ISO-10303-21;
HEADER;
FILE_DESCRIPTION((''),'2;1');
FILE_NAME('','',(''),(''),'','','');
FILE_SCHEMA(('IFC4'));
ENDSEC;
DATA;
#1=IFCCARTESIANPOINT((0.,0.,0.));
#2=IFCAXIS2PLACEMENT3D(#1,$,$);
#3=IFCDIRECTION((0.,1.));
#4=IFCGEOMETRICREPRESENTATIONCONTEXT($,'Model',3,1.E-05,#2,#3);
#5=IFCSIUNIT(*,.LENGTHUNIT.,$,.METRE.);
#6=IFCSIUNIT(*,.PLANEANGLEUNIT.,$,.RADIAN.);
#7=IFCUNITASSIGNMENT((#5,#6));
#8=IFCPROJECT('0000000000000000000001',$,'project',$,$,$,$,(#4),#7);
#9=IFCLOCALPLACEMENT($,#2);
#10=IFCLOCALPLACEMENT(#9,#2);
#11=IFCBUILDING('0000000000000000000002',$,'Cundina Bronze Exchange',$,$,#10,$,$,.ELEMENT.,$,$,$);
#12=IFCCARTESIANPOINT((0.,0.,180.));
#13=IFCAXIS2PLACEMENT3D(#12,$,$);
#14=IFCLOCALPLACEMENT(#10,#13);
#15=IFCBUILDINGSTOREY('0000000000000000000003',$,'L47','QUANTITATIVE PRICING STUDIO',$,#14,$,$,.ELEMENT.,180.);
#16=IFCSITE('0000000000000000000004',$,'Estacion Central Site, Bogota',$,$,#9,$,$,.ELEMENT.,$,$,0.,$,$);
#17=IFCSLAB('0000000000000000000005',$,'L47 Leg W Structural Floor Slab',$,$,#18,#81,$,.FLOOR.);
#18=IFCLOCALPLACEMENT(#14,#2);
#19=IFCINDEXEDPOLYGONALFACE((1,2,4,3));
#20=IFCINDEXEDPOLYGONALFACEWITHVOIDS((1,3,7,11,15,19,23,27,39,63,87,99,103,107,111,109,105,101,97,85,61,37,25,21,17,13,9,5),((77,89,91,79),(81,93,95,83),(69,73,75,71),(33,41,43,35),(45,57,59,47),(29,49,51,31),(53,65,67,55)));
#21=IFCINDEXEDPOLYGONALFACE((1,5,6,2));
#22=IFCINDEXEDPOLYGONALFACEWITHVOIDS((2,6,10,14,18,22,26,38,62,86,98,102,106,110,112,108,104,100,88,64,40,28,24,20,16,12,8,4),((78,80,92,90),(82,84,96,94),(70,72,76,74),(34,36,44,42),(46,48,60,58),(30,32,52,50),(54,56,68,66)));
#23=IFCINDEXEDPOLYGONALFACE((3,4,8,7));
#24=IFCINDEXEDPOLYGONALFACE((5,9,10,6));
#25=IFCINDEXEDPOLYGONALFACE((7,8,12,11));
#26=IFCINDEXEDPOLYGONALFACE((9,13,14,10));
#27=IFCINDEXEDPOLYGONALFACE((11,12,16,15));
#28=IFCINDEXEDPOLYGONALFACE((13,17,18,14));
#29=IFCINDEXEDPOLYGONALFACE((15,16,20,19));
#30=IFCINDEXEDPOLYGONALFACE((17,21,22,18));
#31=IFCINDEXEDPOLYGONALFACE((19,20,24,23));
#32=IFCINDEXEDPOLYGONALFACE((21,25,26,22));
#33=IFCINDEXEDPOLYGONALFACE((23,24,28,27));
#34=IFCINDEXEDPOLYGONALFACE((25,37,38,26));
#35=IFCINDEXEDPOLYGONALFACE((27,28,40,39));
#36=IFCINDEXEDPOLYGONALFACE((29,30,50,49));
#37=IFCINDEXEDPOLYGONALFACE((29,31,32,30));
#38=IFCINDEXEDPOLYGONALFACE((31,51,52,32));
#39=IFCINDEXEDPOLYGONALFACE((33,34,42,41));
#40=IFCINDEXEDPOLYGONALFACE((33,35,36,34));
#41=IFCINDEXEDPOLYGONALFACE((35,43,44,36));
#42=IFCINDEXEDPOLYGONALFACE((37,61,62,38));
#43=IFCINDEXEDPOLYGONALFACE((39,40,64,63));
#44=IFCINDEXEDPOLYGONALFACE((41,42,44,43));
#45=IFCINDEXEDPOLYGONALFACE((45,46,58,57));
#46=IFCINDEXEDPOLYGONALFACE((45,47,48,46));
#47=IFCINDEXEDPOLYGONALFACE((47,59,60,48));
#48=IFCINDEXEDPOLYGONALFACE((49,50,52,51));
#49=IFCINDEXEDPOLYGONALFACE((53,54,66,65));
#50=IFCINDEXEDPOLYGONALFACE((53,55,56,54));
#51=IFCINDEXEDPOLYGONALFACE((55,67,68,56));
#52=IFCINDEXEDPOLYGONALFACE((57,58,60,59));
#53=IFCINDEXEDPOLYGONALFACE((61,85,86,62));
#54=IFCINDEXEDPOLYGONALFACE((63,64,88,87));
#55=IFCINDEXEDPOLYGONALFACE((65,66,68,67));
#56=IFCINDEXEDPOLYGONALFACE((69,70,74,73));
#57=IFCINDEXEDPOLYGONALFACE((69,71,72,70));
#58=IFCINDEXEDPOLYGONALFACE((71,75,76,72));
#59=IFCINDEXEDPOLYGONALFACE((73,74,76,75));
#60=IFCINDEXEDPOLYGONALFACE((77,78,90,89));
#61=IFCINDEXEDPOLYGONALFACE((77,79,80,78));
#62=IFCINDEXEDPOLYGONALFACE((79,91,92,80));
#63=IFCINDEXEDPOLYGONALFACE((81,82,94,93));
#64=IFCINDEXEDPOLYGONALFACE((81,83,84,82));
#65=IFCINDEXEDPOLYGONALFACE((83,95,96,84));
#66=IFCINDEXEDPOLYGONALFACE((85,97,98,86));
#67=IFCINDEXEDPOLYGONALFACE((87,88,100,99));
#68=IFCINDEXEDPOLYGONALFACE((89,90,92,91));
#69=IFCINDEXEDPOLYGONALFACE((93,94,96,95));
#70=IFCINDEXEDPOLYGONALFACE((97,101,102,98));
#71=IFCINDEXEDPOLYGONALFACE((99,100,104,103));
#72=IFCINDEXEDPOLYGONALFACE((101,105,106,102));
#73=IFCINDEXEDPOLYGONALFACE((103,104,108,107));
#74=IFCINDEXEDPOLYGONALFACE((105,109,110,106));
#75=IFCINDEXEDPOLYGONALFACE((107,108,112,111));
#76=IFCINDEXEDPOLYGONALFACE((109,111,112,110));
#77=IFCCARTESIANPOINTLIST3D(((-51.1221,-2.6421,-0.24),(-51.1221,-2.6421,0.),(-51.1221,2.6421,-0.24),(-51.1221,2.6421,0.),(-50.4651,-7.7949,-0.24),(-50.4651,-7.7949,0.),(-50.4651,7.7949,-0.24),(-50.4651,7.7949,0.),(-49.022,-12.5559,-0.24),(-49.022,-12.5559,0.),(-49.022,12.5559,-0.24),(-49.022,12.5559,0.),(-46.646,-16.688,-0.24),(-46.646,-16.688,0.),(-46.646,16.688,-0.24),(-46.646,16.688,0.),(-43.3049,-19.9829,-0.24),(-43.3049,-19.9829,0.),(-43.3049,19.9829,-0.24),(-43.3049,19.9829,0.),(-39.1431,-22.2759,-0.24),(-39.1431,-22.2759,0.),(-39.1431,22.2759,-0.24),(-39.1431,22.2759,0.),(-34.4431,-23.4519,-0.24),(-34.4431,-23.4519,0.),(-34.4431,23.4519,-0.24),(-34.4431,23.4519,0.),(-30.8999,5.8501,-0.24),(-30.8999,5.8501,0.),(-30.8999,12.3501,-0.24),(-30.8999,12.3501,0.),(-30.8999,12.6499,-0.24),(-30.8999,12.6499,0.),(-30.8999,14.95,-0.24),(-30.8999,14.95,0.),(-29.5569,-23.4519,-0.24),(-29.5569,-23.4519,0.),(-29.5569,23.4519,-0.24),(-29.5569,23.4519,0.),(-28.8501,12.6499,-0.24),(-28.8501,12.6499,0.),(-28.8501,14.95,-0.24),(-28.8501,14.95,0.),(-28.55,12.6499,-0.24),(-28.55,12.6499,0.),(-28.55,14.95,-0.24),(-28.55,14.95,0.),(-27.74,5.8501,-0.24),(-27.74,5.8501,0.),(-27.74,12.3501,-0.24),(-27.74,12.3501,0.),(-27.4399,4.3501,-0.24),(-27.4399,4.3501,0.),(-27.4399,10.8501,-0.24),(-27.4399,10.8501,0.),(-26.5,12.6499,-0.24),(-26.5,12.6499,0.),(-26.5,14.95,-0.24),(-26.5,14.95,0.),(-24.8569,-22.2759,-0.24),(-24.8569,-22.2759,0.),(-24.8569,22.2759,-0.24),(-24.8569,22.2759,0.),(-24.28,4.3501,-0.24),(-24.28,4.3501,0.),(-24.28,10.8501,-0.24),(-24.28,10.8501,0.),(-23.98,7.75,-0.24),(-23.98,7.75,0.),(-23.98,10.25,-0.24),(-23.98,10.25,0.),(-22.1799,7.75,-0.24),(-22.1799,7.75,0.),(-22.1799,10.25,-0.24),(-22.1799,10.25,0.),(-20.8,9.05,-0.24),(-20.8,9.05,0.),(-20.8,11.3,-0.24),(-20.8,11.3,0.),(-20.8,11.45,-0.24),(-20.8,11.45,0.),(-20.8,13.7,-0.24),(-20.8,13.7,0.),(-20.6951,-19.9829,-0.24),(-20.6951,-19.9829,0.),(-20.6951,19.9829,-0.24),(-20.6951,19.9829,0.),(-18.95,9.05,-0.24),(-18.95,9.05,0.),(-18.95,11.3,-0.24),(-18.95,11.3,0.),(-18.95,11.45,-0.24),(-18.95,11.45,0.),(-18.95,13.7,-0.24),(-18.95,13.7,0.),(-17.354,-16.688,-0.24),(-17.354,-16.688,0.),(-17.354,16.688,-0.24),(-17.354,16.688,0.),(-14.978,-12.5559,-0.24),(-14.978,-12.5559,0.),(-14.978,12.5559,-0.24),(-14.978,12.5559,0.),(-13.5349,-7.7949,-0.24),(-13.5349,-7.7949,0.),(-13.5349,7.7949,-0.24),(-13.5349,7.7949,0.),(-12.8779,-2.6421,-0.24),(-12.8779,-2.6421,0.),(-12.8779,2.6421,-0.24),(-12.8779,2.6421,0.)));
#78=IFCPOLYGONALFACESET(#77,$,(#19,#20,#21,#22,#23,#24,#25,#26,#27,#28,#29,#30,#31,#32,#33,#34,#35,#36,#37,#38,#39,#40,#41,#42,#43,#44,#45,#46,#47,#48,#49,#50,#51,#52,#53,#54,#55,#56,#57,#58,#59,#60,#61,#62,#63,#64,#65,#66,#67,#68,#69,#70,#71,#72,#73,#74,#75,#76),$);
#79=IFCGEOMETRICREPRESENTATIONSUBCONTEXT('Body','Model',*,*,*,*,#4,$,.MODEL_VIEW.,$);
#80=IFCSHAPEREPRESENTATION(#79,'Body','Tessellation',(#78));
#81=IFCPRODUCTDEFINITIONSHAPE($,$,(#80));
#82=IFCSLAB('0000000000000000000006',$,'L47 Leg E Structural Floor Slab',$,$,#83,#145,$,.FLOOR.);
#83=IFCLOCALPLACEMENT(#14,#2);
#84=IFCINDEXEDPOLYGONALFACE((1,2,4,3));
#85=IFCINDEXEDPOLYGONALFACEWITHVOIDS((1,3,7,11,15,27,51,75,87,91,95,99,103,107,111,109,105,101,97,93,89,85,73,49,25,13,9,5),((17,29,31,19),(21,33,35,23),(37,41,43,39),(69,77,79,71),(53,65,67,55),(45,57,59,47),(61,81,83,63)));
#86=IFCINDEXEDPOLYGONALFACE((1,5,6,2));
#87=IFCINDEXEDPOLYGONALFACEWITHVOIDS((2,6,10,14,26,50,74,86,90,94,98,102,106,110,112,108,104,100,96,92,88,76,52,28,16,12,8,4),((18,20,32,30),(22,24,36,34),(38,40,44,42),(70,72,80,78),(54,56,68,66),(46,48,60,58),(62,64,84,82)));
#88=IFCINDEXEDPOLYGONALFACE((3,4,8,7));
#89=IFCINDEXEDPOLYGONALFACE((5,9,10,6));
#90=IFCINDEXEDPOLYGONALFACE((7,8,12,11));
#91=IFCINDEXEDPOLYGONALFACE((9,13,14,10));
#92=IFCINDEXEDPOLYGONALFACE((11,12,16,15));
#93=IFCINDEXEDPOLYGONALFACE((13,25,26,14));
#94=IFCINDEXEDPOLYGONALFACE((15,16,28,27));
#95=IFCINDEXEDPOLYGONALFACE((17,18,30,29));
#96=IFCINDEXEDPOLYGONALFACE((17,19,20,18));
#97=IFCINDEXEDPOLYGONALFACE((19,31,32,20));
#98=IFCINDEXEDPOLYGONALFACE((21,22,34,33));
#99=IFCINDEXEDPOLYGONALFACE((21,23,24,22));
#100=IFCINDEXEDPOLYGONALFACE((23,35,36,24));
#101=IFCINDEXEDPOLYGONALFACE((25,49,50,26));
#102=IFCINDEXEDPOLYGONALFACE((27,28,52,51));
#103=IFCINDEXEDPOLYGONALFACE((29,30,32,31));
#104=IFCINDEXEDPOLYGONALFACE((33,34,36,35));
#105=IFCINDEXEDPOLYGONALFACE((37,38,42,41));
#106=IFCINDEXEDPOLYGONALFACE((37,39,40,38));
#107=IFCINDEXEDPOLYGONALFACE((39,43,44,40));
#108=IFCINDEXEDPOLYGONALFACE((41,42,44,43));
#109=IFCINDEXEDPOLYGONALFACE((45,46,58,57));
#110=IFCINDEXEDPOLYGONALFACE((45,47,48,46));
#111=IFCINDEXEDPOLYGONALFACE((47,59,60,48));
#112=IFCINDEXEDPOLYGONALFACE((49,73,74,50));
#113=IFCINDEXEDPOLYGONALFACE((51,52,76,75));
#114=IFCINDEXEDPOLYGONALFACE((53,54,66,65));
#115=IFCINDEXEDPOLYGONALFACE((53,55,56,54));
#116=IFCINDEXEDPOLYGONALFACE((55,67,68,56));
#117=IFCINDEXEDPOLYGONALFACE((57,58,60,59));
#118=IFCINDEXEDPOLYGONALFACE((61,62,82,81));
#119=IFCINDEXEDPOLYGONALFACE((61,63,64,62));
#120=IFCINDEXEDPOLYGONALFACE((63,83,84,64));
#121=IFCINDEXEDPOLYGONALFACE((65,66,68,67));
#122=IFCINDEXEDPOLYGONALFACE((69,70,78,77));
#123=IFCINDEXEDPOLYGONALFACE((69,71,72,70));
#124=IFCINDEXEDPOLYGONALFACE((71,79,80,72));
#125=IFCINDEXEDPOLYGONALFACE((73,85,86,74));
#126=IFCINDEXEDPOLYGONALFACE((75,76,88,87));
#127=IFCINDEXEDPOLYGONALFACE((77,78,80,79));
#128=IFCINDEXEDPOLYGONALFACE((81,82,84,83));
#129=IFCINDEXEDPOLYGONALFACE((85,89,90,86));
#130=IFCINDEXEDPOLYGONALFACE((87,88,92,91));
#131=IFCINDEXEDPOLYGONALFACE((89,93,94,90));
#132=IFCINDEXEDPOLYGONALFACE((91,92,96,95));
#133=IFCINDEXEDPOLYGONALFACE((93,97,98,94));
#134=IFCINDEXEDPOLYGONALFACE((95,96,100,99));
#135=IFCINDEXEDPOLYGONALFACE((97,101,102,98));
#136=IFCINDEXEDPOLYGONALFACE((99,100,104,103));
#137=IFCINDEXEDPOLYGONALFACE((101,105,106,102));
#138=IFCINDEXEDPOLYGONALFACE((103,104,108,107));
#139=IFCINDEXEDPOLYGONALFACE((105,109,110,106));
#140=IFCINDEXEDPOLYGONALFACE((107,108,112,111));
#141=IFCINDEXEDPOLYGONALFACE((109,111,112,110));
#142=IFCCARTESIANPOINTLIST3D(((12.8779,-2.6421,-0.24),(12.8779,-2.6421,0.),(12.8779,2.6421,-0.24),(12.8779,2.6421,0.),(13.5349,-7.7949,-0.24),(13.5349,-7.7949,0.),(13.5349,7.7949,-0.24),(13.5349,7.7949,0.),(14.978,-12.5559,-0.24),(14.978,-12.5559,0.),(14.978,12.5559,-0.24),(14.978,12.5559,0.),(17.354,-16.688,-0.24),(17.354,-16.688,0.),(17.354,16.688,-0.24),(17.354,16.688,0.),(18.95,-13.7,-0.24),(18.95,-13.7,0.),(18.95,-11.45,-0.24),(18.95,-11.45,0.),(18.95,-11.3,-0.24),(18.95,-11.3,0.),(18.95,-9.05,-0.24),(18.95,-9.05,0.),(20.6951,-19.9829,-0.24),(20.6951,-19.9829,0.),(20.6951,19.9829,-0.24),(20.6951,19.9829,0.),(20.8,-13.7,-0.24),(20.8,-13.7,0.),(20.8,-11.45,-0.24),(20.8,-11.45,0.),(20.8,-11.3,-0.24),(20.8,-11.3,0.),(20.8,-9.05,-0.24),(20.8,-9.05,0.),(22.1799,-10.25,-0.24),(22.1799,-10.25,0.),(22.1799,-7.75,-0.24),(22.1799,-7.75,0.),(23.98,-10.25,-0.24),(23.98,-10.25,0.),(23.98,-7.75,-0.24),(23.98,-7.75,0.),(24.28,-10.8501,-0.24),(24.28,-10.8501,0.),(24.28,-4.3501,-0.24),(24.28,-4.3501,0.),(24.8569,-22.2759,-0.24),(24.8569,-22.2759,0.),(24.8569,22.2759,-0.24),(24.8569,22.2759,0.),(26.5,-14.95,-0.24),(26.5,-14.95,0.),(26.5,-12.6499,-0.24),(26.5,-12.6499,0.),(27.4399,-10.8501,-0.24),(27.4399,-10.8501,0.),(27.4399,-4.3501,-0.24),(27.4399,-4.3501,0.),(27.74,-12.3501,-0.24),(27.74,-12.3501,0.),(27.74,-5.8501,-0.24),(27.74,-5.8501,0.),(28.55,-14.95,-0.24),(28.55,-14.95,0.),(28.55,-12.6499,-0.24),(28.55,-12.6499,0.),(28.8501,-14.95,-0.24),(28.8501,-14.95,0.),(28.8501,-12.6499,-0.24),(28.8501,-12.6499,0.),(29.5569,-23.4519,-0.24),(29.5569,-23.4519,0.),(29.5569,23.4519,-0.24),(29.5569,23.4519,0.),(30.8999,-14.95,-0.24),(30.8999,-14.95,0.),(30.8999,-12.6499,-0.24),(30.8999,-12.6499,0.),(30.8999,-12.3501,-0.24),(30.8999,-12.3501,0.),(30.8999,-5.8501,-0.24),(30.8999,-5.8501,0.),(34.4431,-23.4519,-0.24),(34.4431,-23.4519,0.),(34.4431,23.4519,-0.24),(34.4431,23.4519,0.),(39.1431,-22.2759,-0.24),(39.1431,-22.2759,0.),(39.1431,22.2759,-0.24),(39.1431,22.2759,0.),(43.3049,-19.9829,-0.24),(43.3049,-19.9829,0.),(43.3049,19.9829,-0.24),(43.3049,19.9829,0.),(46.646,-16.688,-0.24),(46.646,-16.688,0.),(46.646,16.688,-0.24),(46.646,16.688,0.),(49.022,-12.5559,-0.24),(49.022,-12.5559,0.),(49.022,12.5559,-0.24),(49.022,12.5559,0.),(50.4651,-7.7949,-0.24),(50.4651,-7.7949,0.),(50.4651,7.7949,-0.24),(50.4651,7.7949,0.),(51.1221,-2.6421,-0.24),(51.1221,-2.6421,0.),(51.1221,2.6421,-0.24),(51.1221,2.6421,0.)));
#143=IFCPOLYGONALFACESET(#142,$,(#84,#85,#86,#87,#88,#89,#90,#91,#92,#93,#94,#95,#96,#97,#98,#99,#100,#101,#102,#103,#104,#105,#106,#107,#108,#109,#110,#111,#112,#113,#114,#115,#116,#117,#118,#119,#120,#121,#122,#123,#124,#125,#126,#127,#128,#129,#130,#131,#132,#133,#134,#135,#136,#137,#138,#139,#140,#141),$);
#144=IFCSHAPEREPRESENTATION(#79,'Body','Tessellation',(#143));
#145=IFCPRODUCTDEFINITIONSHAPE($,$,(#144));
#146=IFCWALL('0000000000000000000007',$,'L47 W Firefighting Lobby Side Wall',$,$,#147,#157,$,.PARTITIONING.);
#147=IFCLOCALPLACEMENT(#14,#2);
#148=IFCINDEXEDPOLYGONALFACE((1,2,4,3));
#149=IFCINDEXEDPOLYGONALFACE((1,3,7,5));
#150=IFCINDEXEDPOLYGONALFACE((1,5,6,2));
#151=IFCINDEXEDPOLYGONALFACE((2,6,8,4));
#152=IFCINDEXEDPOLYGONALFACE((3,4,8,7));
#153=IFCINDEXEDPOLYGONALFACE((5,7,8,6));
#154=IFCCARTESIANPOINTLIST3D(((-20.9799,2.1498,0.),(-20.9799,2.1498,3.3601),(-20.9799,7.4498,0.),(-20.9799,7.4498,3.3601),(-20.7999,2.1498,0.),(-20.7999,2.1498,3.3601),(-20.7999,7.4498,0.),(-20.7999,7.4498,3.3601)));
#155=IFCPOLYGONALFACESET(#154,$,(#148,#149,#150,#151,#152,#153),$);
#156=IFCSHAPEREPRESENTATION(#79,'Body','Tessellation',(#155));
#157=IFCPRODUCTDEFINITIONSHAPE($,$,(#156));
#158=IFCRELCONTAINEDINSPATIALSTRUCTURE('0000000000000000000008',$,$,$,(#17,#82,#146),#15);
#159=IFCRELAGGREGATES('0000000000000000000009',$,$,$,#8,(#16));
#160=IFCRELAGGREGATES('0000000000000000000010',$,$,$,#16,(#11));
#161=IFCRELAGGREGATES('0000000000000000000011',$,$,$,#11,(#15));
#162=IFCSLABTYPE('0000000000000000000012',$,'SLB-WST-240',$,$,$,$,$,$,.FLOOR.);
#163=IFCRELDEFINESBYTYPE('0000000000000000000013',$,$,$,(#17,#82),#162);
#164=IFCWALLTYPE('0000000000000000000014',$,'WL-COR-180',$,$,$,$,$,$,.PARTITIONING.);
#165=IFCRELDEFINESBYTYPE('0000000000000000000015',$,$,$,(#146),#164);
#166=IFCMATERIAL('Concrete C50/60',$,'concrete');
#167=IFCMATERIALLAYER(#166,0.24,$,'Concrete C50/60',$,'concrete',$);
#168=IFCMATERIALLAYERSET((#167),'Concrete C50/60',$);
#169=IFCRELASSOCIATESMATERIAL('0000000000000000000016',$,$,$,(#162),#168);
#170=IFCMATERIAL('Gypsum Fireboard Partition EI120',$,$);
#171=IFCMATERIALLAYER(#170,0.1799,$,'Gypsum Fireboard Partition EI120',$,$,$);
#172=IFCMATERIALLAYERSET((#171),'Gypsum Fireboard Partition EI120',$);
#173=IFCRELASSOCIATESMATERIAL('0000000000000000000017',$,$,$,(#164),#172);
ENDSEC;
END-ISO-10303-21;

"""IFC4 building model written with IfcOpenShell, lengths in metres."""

from ifc_helpers import new_model, si_unit, direction, frame, frame_2d, origin, place, context, subcontext, project, spatial, polyline, rectangle, outline, extrude, material, layer, layer_set, type_object, element, save


model = new_model("IFC4")

# Units and contexts
model_context = context("Model", 3, precision=1e-05, world=origin(), true_north=direction((0.0, 1.0)))
body_context = subcontext(model_context, "Body", "Model", "MODEL_VIEW")
ifc_project = project(units=[si_unit("LENGTHUNIT", "METRE"), si_unit("PLANEANGLEUNIT", "RADIAN")], contexts=[model_context])

# Site, building, storey
site_placement = place(None, origin())
site = spatial("IfcSite", under=ifc_project, at=site_placement, Name="Estacion Central Site, Bogota", CompositionType="ELEMENT", RefElevation=0.0)
building_placement = place(site_placement, origin())
building = spatial("IfcBuilding", under=site, at=building_placement, Name="Cundina Bronze Exchange", CompositionType="ELEMENT")
storey_placement = place(building_placement, frame((0.0, 0.0, 180.0)))
storey = spatial("IfcBuildingStorey", under=building, at=storey_placement, Name="L47", Description="QUANTITATIVE PRICING STUDIO", CompositionType="ELEMENT", Elevation=180.0)

# Shared definitions
ifc_material_1 = material(Name="Concrete C50/60", Category="concrete")

# Slabs
ifc_layer_1 = layer(ifc_material_1, 0.24, Name="Concrete C50/60", Category="concrete")
ifc_layer_set_1 = layer_set([ifc_layer_1], Name="Concrete C50/60")
slab_type_1 = type_object("IfcSlabType", Name="SLB-WST-240", PredefinedType="FLOOR", material=ifc_layer_set_1)
slab_1_placement = place(storey_placement, frame((0.0, 0.0, -0.24)))
element("IfcSlab", 1, at=slab_1_placement, inside=storey, type_object=slab_type_1, Name="L47 Leg W Structural Floor Slab", PredefinedType="FLOOR", context=body_context, shape_type="SweptSolid", body=[
    extrude(outline(polyline([(-12.8779, 2.6421), (-13.5349, 7.7949), (-14.978, 12.5559), (-17.354, 16.688), (-20.6951, 19.9829), (-24.8569, 22.2759), (-29.5569, 23.4519), (-34.4431, 23.4519), (-39.1431, 22.2759), (-43.3049, 19.9829), (-46.646, 16.688), (-49.022, 12.5559), (-50.4651, 7.7949), (-51.1221, 2.6421), (-51.1221, -2.6421), (-50.4651, -7.7949), (-49.022, -12.5559), (-46.646, -16.688), (-43.3049, -19.9829), (-39.1431, -22.2759), (-34.4431, -23.4519), (-29.5569, -23.4519), (-24.8569, -22.2759), (-20.6951, -19.9829), (-17.354, -16.688), (-14.978, -12.5559), (-13.5349, -7.7949), (-12.8779, -2.6421), (-12.8779, 2.6421)]), holes=[polyline([(-27.74, 5.8501), (-27.74, 12.3501), (-30.8999, 12.3501), (-30.8999, 5.8501), (-27.74, 5.8501)]), polyline([(-27.4399, 10.8501), (-27.4399, 4.3501), (-24.28, 4.3501), (-24.28, 10.8501), (-27.4399, 10.8501)]), polyline([(-23.98, 10.25), (-22.1799, 10.25), (-22.1799, 7.75), (-23.98, 7.75), (-23.98, 10.25)]), polyline([(-30.8999, 14.95), (-28.8501, 14.95), (-28.8501, 12.6499), (-30.8999, 12.6499), (-30.8999, 14.95)]), polyline([(-28.55, 14.95), (-26.5, 14.95), (-26.5, 12.6499), (-28.55, 12.6499), (-28.55, 14.95)]), polyline([(-20.8, 13.7), (-18.95, 13.7), (-18.95, 11.45), (-20.8, 11.45), (-20.8, 13.7)]), polyline([(-20.8, 11.3), (-18.95, 11.3), (-18.95, 9.05), (-20.8, 9.05), (-20.8, 11.3)])]), origin(), (0.0, 0.0, 1.0), 0.24),
])
slab_2_placement = place(storey_placement, frame((0.0, 0.0, -0.24)))
element("IfcSlab", 2, at=slab_2_placement, inside=storey, type_object=slab_type_1, Name="L47 Leg E Structural Floor Slab", PredefinedType="FLOOR", context=body_context, shape_type="SweptSolid", body=[
    extrude(outline(polyline([(51.1221, 2.6421), (50.4651, 7.7949), (49.022, 12.5559), (46.646, 16.688), (43.3049, 19.9829), (39.1431, 22.2759), (34.4431, 23.4519), (29.5569, 23.4519), (24.8569, 22.2759), (20.6951, 19.9829), (17.354, 16.688), (14.978, 12.5559), (13.5349, 7.7949), (12.8779, 2.6421), (12.8779, -2.6421), (13.5349, -7.7949), (14.978, -12.5559), (17.354, -16.688), (20.6951, -19.9829), (24.8569, -22.2759), (29.5569, -23.4519), (34.4431, -23.4519), (39.1431, -22.2759), (43.3049, -19.9829), (46.646, -16.688), (49.022, -12.5559), (50.4651, -7.7949), (51.1221, -2.6421), (51.1221, 2.6421)]), holes=[polyline([(27.74, -5.8501), (27.74, -12.3501), (30.8999, -12.3501), (30.8999, -5.8501), (27.74, -5.8501)]), polyline([(27.4399, -10.8501), (27.4399, -4.3501), (24.28, -4.3501), (24.28, -10.8501), (27.4399, -10.8501)]), polyline([(22.1799, -7.75), (23.98, -7.75), (23.98, -10.25), (22.1799, -10.25), (22.1799, -7.75)]), polyline([(28.8501, -12.6499), (30.8999, -12.6499), (30.8999, -14.95), (28.8501, -14.95), (28.8501, -12.6499)]), polyline([(26.5, -12.6499), (28.55, -12.6499), (28.55, -14.95), (26.5, -14.95), (26.5, -12.6499)]), polyline([(18.95, -11.45), (20.8, -11.45), (20.8, -13.7), (18.95, -13.7), (18.95, -11.45)]), polyline([(18.95, -9.05), (20.8, -9.05), (20.8, -11.3), (18.95, -11.3), (18.95, -9.05)])]), origin(), (0.0, 0.0, 1.0), 0.24),
])

# Wall
ifc_material_2 = material(Name="Gypsum Fireboard Partition EI120")
ifc_layer_2 = layer(ifc_material_2, 0.1799, Name="Gypsum Fireboard Partition EI120")
ifc_layer_set_2 = layer_set([ifc_layer_2], Name="Gypsum Fireboard Partition EI120")
wall_type_1 = type_object("IfcWallType", Name="WL-COR-180", PredefinedType="PARTITIONING", material=ifc_layer_set_2)
wall_1_placement = place(storey_placement, frame((-20.8899, 2.1499, 0.0), z_axis=(0.0, 0.0, 1.0), x_axis=(0.0, 1.0, 0.0)))
element("IfcWall", 3, at=wall_1_placement, inside=storey, type_object=wall_type_1, Name="L47 W Firefighting Lobby Side Wall", PredefinedType="PARTITIONING", context=body_context, shape_type="SweptSolid", body=[
    extrude(rectangle(XDim=5.3, YDim=0.1799, at=frame_2d((2.6499, 0.0))), origin(), (0.0, 0.0, 1.0), 3.3601),
])

save(model, "model.ifc")
